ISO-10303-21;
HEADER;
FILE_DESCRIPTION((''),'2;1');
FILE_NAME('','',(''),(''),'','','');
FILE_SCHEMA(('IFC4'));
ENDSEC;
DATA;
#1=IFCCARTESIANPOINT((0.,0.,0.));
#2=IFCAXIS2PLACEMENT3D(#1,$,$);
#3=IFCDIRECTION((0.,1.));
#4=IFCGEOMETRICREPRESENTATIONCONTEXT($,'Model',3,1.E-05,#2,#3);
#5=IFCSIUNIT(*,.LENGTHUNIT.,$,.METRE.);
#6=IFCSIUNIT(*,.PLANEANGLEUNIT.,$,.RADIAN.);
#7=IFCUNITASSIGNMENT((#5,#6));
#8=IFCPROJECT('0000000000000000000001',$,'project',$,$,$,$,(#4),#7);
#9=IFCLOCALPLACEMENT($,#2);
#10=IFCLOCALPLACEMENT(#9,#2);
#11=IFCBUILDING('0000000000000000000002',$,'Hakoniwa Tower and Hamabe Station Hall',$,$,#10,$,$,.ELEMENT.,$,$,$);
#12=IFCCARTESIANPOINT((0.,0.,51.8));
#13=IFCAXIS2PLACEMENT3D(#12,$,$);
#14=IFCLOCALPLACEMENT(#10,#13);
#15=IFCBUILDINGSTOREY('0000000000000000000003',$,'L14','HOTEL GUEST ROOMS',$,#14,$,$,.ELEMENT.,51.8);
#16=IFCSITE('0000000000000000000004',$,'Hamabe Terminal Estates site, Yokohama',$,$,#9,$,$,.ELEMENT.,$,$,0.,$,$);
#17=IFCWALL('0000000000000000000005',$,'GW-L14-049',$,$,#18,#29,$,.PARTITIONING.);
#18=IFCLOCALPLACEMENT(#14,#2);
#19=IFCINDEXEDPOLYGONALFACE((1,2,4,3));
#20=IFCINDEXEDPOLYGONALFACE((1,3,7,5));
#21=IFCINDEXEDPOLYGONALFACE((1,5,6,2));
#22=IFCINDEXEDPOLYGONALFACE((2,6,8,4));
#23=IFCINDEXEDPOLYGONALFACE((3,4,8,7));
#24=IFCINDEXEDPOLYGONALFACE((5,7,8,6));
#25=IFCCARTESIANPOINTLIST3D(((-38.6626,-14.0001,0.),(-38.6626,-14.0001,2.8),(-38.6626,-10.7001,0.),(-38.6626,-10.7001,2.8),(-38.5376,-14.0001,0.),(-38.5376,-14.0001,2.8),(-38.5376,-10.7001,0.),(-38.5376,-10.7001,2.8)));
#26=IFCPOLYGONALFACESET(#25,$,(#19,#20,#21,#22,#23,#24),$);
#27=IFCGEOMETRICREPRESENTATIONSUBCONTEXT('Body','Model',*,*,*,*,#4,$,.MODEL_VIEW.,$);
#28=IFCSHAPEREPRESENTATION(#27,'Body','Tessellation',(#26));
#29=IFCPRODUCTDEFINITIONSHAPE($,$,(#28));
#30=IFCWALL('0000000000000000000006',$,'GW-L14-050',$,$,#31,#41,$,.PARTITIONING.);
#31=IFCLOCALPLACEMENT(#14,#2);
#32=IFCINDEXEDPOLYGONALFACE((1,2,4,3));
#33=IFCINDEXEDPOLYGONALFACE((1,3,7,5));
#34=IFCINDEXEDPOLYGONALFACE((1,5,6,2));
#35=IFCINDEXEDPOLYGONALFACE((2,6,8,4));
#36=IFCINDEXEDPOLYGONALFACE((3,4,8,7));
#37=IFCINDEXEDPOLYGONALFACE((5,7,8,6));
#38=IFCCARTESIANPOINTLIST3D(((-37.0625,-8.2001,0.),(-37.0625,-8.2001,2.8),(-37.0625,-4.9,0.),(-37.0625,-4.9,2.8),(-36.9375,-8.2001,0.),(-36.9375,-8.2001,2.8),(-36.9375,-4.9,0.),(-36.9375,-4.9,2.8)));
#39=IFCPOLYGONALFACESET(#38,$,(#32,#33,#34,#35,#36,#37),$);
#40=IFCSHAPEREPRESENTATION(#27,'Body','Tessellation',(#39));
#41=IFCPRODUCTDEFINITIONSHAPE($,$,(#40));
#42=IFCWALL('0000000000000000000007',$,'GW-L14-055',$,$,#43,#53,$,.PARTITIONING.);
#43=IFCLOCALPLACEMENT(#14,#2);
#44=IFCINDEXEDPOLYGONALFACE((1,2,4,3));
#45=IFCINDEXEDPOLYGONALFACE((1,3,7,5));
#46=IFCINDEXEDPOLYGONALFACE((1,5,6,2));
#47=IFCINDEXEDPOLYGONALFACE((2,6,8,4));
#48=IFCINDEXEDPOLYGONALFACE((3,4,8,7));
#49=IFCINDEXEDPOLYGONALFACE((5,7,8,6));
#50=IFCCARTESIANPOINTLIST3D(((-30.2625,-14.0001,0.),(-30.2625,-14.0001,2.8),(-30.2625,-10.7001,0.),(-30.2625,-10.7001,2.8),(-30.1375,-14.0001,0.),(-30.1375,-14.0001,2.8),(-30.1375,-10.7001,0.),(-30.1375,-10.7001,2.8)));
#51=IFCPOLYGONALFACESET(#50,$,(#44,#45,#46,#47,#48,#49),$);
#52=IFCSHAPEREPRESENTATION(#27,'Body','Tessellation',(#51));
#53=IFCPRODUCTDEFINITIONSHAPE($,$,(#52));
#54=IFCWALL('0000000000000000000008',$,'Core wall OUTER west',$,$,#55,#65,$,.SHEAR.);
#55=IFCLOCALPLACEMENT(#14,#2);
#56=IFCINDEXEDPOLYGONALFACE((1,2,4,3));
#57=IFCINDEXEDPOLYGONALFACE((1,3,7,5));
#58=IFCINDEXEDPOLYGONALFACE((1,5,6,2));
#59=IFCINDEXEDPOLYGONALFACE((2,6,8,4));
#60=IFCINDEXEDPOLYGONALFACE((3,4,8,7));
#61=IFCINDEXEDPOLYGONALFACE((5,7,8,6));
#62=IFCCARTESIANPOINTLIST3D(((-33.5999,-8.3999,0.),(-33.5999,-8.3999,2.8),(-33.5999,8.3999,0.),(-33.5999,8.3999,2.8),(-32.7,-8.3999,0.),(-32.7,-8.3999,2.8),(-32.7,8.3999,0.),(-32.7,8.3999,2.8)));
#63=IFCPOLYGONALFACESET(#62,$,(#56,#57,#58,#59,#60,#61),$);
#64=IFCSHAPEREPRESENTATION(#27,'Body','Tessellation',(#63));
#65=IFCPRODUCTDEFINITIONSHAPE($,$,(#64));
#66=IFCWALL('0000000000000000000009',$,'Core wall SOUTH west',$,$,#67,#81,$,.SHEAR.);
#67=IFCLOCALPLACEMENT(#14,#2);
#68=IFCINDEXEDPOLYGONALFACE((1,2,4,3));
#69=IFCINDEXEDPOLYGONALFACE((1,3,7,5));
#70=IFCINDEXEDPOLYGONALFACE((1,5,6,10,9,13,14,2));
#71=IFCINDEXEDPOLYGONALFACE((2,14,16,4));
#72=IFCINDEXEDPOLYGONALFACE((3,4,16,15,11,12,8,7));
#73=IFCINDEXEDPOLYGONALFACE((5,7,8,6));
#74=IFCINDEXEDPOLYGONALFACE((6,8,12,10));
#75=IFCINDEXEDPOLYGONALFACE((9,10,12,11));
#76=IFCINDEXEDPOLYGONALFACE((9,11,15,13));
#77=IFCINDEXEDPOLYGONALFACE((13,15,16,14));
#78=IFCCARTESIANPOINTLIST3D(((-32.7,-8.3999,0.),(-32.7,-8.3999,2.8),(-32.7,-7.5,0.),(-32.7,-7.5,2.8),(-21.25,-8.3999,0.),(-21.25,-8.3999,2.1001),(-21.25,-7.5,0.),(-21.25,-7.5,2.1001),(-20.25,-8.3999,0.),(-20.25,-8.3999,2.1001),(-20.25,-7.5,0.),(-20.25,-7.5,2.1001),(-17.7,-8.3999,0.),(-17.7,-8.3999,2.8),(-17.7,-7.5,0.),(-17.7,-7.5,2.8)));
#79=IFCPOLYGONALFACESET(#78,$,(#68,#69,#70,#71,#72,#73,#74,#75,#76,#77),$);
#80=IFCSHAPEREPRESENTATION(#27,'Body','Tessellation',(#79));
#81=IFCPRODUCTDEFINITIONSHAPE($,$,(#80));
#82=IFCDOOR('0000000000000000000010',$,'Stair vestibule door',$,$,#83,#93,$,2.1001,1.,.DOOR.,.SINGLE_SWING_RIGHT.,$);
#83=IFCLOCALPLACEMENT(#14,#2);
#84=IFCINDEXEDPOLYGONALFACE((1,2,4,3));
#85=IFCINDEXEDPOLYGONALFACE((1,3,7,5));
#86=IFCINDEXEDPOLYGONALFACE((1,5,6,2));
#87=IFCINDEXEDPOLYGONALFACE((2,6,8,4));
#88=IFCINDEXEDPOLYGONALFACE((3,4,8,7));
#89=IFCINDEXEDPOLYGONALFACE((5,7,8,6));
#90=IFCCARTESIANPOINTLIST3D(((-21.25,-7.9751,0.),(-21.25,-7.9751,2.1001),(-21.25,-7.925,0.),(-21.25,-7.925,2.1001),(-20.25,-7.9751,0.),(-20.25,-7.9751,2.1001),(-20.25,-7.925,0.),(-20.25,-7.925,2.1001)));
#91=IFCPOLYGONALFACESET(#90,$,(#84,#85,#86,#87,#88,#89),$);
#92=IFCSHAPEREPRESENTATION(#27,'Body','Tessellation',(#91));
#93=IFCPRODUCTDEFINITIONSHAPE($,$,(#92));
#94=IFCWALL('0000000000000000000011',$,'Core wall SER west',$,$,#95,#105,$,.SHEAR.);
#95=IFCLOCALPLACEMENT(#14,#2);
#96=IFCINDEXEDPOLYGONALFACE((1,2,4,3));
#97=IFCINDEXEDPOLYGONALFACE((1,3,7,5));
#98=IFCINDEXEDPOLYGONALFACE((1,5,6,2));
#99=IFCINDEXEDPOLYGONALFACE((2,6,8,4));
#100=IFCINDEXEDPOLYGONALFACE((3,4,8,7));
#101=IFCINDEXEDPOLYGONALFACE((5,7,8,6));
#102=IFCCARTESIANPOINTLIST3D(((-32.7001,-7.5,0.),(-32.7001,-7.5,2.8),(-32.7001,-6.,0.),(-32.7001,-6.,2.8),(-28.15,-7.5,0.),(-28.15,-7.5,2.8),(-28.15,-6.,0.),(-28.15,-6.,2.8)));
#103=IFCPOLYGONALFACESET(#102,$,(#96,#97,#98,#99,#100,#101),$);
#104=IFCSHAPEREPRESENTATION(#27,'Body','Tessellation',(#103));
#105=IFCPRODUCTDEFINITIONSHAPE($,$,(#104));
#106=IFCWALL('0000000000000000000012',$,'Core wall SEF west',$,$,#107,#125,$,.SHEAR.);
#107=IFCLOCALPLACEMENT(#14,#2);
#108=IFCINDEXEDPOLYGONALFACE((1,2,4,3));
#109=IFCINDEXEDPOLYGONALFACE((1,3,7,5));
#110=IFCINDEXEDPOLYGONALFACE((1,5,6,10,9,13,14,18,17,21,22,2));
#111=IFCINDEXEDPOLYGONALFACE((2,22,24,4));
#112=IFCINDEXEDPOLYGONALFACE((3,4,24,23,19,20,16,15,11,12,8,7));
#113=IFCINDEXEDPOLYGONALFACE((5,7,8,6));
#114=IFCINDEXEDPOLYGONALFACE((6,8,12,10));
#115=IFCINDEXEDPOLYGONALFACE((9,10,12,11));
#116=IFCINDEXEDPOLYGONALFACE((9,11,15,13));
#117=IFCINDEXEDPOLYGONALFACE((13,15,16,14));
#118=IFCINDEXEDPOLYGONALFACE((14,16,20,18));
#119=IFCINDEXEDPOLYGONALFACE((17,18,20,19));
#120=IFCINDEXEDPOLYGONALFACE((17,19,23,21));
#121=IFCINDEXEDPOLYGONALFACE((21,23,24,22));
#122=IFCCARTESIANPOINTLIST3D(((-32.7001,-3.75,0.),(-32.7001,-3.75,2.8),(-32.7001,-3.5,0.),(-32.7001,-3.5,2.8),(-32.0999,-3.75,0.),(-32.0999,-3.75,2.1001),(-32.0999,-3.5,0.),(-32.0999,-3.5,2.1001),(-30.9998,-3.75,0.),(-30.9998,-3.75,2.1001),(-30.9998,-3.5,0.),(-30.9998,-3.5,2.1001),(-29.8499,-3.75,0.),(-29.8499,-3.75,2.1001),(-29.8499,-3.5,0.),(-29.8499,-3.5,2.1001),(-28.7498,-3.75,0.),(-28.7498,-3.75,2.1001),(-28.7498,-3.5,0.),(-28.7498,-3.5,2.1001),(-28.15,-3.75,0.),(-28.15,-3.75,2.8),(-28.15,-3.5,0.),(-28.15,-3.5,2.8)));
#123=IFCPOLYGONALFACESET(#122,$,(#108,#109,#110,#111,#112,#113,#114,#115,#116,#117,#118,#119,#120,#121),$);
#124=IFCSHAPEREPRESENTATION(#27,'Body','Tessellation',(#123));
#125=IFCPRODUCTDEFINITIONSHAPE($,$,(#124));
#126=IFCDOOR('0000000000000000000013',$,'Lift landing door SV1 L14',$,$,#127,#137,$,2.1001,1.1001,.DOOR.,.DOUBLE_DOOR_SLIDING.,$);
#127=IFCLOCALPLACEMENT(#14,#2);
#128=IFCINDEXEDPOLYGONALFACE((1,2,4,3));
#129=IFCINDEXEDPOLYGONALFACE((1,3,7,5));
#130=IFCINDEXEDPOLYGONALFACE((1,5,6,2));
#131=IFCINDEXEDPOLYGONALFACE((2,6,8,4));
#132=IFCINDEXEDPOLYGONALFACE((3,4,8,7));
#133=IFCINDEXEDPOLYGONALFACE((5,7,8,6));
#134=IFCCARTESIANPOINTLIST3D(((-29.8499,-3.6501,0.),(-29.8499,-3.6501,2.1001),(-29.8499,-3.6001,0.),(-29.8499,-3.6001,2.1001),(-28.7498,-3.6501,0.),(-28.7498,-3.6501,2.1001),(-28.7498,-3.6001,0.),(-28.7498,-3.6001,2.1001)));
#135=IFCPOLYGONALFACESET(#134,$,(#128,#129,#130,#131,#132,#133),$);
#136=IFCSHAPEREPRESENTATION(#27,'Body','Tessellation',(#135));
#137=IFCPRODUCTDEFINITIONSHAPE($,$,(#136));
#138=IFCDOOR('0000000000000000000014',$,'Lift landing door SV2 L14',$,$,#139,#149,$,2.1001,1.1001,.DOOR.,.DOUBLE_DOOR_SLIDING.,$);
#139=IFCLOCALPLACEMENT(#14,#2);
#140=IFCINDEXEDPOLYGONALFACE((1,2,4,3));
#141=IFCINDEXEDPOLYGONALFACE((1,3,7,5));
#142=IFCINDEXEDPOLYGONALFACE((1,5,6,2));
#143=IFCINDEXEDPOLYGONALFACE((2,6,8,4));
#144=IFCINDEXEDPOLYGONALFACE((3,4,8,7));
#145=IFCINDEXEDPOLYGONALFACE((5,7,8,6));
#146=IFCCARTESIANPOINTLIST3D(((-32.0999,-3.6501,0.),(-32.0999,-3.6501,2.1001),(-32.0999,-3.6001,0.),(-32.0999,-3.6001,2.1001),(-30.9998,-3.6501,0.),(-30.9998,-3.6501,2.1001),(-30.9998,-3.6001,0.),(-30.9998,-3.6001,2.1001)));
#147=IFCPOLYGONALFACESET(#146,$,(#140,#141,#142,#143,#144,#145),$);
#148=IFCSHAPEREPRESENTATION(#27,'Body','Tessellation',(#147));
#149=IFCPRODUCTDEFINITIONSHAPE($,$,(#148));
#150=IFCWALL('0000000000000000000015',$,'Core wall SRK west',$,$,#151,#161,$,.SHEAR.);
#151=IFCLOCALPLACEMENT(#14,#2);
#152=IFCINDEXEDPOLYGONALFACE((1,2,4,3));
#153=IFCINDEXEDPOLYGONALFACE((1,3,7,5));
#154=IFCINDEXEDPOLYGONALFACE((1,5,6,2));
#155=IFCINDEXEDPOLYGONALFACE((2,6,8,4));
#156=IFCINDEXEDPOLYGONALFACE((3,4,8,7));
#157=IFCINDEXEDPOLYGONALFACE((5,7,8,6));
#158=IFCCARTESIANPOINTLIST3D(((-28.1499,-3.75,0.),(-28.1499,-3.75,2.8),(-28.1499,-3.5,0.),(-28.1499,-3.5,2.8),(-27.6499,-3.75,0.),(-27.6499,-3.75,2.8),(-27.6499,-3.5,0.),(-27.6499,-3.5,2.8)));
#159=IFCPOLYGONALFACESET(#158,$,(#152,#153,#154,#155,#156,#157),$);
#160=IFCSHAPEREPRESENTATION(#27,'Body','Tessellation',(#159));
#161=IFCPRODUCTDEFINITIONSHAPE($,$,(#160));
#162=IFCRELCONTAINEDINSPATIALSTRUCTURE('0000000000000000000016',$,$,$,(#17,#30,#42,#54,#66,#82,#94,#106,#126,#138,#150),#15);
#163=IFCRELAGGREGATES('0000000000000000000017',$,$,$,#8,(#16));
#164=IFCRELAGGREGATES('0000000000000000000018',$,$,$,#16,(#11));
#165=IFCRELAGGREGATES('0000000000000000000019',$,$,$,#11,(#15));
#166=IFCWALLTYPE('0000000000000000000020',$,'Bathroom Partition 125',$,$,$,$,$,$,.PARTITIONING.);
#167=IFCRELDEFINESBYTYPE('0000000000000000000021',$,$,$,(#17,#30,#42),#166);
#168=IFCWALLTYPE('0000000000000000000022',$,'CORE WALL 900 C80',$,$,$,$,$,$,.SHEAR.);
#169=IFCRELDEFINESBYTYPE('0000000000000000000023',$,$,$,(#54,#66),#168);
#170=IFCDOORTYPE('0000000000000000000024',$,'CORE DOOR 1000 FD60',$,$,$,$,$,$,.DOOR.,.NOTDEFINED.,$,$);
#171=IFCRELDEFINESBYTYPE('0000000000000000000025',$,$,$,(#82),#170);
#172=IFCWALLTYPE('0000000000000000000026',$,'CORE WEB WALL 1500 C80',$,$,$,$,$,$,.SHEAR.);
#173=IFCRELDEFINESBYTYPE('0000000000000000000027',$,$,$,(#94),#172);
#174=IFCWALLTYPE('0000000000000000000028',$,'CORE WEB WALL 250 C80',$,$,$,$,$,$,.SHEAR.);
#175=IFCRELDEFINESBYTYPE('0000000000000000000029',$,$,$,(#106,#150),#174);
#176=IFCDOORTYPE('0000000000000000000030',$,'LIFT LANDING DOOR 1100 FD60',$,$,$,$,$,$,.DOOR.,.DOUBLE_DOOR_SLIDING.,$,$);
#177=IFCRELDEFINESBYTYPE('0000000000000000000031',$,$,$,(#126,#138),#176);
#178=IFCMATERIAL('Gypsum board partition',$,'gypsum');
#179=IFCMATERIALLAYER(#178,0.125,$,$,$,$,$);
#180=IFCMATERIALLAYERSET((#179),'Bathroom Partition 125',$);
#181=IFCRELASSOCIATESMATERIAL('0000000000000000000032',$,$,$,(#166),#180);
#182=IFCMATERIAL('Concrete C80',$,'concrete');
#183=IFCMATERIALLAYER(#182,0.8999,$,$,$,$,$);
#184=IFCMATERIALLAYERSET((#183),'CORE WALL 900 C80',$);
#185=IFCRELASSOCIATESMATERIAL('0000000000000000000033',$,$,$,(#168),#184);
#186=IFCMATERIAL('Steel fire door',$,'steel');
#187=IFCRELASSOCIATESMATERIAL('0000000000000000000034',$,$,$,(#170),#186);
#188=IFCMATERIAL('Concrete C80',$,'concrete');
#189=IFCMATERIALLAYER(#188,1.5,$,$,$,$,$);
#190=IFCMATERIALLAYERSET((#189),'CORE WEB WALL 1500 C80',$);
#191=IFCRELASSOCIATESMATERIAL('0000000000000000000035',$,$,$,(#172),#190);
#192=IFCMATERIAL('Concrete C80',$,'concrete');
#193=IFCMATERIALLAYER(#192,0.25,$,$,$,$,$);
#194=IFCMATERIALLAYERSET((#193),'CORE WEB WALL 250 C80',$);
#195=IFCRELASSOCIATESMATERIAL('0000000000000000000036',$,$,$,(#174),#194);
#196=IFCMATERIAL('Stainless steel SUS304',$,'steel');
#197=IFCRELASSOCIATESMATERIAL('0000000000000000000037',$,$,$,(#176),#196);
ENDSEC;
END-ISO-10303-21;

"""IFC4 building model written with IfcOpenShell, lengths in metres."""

from ifc_helpers import new_model, si_unit, direction, frame, frame_2d, origin, place, context, subcontext, project, spatial, rectangle, extrude, material, layer, layer_set, type_object, element, fill, save


model = new_model("IFC4")

# Units and contexts
model_context = context("Model", 3, precision=1e-05, world=origin(), true_north=direction((0.0, 1.0)))
body_context = subcontext(model_context, "Body", "Model", "MODEL_VIEW")
ifc_project = project(units=[si_unit("LENGTHUNIT", "METRE"), si_unit("PLANEANGLEUNIT", "RADIAN")], contexts=[model_context])

# Site, building, storey
site_placement = place(None, origin())
site = spatial("IfcSite", under=ifc_project, at=site_placement, Name="Hamabe Terminal Estates site, Yokohama", CompositionType="ELEMENT", RefElevation=0.0)
building_placement = place(site_placement, origin())
building = spatial("IfcBuilding", under=site, at=building_placement, Name="Hakoniwa Tower and Hamabe Station Hall", CompositionType="ELEMENT")
storey_placement = place(building_placement, frame((0.0, 0.0, 51.8)))
storey = spatial("IfcBuildingStorey", under=building, at=storey_placement, Name="L14", Description="HOTEL GUEST ROOMS", CompositionType="ELEMENT", Elevation=51.8)

# Shared definitions
ifc_material_1 = material(Name="Gypsum board partition", Category="gypsum")
ifc_layer_1 = layer(ifc_material_1, 0.125)
ifc_layer_set_1 = layer_set([ifc_layer_1], Name="Bathroom Partition 125")
wall_type_1 = type_object("IfcWallType", Name="Bathroom Partition 125", PredefinedType="PARTITIONING", material=ifc_layer_set_1)

# Walls
for number, where, z_axis, x_axis, name in (
    (1, (-38.6001, -14.0, 0.0), (0.0, 0.0, 1.0), (0.0, 1.0, 0.0), "GW-L14-049"),
    (2, (-37.0, -8.2, 0.0), (0.0, 0.0, 1.0), (0.0, 1.0, 0.0), "GW-L14-050"),
    (3, (-30.2, -14.0, 0.0), (0.0, 0.0, 1.0), (0.0, 1.0, 0.0), "GW-L14-055"),
):
    element("IfcWall", number, at=place(storey_placement, frame(where, z_axis=z_axis, x_axis=x_axis)), inside=storey, type_object=wall_type_1, Name=name, PredefinedType="PARTITIONING", context=body_context, shape_type="SweptSolid", body=[
        extrude(rectangle(XDim=3.3, YDim=0.125, at=frame_2d((1.6499, 0.0))), origin(), (0.0, 0.0, 1.0), 2.8),
    ])
ifc_material_2 = material(Name="Concrete C80", Category="concrete")
ifc_layer_2 = layer(ifc_material_2, 0.8999)
ifc_layer_set_2 = layer_set([ifc_layer_2], Name="CORE WALL 900 C80")
wall_type_2 = type_object("IfcWallType", Name="CORE WALL 900 C80", PredefinedType="SHEAR", material=ifc_layer_set_2)
wall_1_placement = place(storey_placement, frame((-33.1499, -8.3999, 0.0), z_axis=(0.0, 0.0, 1.0), x_axis=(0.0, 1.0, 0.0)))
element("IfcWall", 4, at=wall_1_placement, inside=storey, type_object=wall_type_2, Name="Core wall OUTER west", PredefinedType="SHEAR", context=body_context, shape_type="SweptSolid", body=[
    extrude(rectangle(XDim=16.7998, YDim=0.8999, at=frame_2d((8.3999, 0.0))), origin(), (0.0, 0.0, 1.0), 2.8),
])

# Wall, opening, door
wall_2_placement = place(storey_placement, frame((-32.7, -7.95, 0.0), z_axis=(0.0, 0.0, 1.0), x_axis=(1.0, 0.0, 0.0)))
wall_2 = element("IfcWall", 5, at=wall_2_placement, inside=storey, type_object=wall_type_2, Name="Core wall SOUTH west", PredefinedType="SHEAR", context=body_context, shape_type="SweptSolid", body=[
    extrude(rectangle(XDim=15.0, YDim=0.8999, at=frame_2d((7.5, 0.0))), origin(), (0.0, 0.0, 1.0), 2.8),
])
opening_1_placement = place(wall_2_placement, frame((11.45, 0.0, 0.0)))
opening_1 = element("IfcOpeningElement", 6, at=opening_1_placement, cuts=wall_2, PredefinedType="OPENING", context=body_context, shape_type="SweptSolid", body=[
    extrude(rectangle(XDim=1.0, YDim=2.1001, at=frame_2d((0.5, 1.05))), frame((0.0, 0.46, 0.0), z_axis=(0.0, -1.0, 0.0), x_axis=(1.0, 0.0, 0.0)), (0.0, 0.0, 1.0), 0.9199),
])
ifc_material_3 = material(Name="Steel fire door", Category="steel")
door_type_1 = type_object("IfcDoorType", Name="CORE DOOR 1000 FD60", OperationType="NOTDEFINED", PredefinedType="DOOR", material=ifc_material_3)
door_1_placement = place(opening_1_placement, origin())
door_1 = element("IfcDoor", 7, at=door_1_placement, inside=storey, type_object=door_type_1, Name="Stair vestibule door", OperationType="SINGLE_SWING_RIGHT", OverallHeight=2.1001, OverallWidth=1.0, PredefinedType="DOOR", context=body_context, shape_type="SweptSolid", body=[
    extrude(rectangle(XDim=1.0, YDim=2.1001, at=frame_2d((0.5, 1.05))), frame((0.0, 0.0249, 0.0), z_axis=(0.0, -1.0, 0.0), x_axis=(1.0, 0.0, 0.0)), (0.0, 0.0, 1.0), 0.05),
])
fill(opening_1, door_1)

# Wall
ifc_material_4 = material(Name="Concrete C80", Category="concrete")
ifc_layer_3 = layer(ifc_material_4, 1.5)
ifc_layer_set_3 = layer_set([ifc_layer_3], Name="CORE WEB WALL 1500 C80")
wall_type_3 = type_object("IfcWallType", Name="CORE WEB WALL 1500 C80", PredefinedType="SHEAR", material=ifc_layer_set_3)
wall_3_placement = place(storey_placement, frame((-32.7, -6.75, 0.0), z_axis=(0.0, 0.0, 1.0), x_axis=(1.0, 0.0, 0.0)))
element("IfcWall", 8, at=wall_3_placement, inside=storey, type_object=wall_type_3, Name="Core wall SER west", PredefinedType="SHEAR", context=body_context, shape_type="SweptSolid", body=[
    extrude(rectangle(XDim=4.55, YDim=1.5, at=frame_2d((2.2749, 0.0))), origin(), (0.0, 0.0, 1.0), 2.8),
])

# Wall, openings, doors
ifc_material_5 = material(Name="Concrete C80", Category="concrete")
ifc_layer_4 = layer(ifc_material_5, 0.25)
ifc_layer_set_4 = layer_set([ifc_layer_4], Name="CORE WEB WALL 250 C80")
wall_type_4 = type_object("IfcWallType", Name="CORE WEB WALL 250 C80", PredefinedType="SHEAR", material=ifc_layer_set_4)
wall_4_placement = place(storey_placement, frame((-32.7, -3.625, 0.0), z_axis=(0.0, 0.0, 1.0), x_axis=(1.0, 0.0, 0.0)))
wall_4 = element("IfcWall", 9, at=wall_4_placement, inside=storey, type_object=wall_type_4, Name="Core wall SEF west", PredefinedType="SHEAR", context=body_context, shape_type="SweptSolid", body=[
    extrude(rectangle(XDim=4.55, YDim=0.25, at=frame_2d((2.2749, 0.0))), origin(), (0.0, 0.0, 1.0), 2.8),
])
opening_2_placement = place(wall_4_placement, frame((2.8501, 0.0, 0.0)))
opening_2 = element("IfcOpeningElement", 10, at=opening_2_placement, cuts=wall_4, PredefinedType="OPENING", context=body_context, shape_type="SweptSolid", body=[
    extrude(rectangle(XDim=1.1001, YDim=2.1001, at=frame_2d((0.55, 1.05))), frame((0.0, 0.135, 0.0), z_axis=(0.0, -1.0, 0.0), x_axis=(1.0, 0.0, 0.0)), (0.0, 0.0, 1.0), 0.27),
])
opening_3_placement = place(wall_4_placement, frame((0.6001, 0.0, 0.0)))
opening_3 = element("IfcOpeningElement", 11, at=opening_3_placement, cuts=wall_4, PredefinedType="OPENING", context=body_context, shape_type="SweptSolid", body=[
    extrude(rectangle(XDim=1.1001, YDim=2.1001, at=frame_2d((0.55, 1.05))), frame((0.0, 0.135, 0.0), z_axis=(0.0, -1.0, 0.0), x_axis=(1.0, 0.0, 0.0)), (0.0, 0.0, 1.0), 0.27),
])
ifc_material_6 = material(Name="Stainless steel SUS304", Category="steel")
door_type_2 = type_object("IfcDoorType", Name="LIFT LANDING DOOR 1100 FD60", OperationType="DOUBLE_DOOR_SLIDING", PredefinedType="DOOR", material=ifc_material_6)
door_2_placement = place(opening_2_placement, origin())
door_2 = element("IfcDoor", 12, at=door_2_placement, inside=storey, type_object=door_type_2, Name="Lift landing door SV1 L14", OperationType="DOUBLE_DOOR_SLIDING", OverallHeight=2.1001, OverallWidth=1.1001, PredefinedType="DOOR", context=body_context, shape_type="SweptSolid", body=[
    extrude(rectangle(XDim=1.1001, YDim=2.1001, at=frame_2d((0.55, 1.05))), frame((0.0, 0.0249, 0.0), z_axis=(0.0, -1.0, 0.0), x_axis=(1.0, 0.0, 0.0)), (0.0, 0.0, 1.0), 0.05),
])
fill(opening_2, door_2)
door_3_placement = place(opening_3_placement, origin())
door_3 = element("IfcDoor", 13, at=door_3_placement, inside=storey, type_object=door_type_2, Name="Lift landing door SV2 L14", OperationType="DOUBLE_DOOR_SLIDING", OverallHeight=2.1001, OverallWidth=1.1001, PredefinedType="DOOR", context=body_context, shape_type="SweptSolid", body=[
    extrude(rectangle(XDim=1.1001, YDim=2.1001, at=frame_2d((0.55, 1.05))), frame((0.0, 0.0249, 0.0), z_axis=(0.0, -1.0, 0.0), x_axis=(1.0, 0.0, 0.0)), (0.0, 0.0, 1.0), 0.05),
])
fill(opening_3, door_3)

# Wall
wall_5_placement = place(storey_placement, frame((-28.1499, -3.625, 0.0), z_axis=(0.0, 0.0, 1.0), x_axis=(1.0, 0.0, 0.0)))
element("IfcWall", 14, at=wall_5_placement, inside=storey, type_object=wall_type_4, Name="Core wall SRK west", PredefinedType="SHEAR", context=body_context, shape_type="SweptSolid", body=[
    extrude(rectangle(XDim=0.5, YDim=0.25, at=frame_2d((0.25, 0.0))), origin(), (0.0, 0.0, 1.0), 2.8),
])

save(model, "model.ifc")
